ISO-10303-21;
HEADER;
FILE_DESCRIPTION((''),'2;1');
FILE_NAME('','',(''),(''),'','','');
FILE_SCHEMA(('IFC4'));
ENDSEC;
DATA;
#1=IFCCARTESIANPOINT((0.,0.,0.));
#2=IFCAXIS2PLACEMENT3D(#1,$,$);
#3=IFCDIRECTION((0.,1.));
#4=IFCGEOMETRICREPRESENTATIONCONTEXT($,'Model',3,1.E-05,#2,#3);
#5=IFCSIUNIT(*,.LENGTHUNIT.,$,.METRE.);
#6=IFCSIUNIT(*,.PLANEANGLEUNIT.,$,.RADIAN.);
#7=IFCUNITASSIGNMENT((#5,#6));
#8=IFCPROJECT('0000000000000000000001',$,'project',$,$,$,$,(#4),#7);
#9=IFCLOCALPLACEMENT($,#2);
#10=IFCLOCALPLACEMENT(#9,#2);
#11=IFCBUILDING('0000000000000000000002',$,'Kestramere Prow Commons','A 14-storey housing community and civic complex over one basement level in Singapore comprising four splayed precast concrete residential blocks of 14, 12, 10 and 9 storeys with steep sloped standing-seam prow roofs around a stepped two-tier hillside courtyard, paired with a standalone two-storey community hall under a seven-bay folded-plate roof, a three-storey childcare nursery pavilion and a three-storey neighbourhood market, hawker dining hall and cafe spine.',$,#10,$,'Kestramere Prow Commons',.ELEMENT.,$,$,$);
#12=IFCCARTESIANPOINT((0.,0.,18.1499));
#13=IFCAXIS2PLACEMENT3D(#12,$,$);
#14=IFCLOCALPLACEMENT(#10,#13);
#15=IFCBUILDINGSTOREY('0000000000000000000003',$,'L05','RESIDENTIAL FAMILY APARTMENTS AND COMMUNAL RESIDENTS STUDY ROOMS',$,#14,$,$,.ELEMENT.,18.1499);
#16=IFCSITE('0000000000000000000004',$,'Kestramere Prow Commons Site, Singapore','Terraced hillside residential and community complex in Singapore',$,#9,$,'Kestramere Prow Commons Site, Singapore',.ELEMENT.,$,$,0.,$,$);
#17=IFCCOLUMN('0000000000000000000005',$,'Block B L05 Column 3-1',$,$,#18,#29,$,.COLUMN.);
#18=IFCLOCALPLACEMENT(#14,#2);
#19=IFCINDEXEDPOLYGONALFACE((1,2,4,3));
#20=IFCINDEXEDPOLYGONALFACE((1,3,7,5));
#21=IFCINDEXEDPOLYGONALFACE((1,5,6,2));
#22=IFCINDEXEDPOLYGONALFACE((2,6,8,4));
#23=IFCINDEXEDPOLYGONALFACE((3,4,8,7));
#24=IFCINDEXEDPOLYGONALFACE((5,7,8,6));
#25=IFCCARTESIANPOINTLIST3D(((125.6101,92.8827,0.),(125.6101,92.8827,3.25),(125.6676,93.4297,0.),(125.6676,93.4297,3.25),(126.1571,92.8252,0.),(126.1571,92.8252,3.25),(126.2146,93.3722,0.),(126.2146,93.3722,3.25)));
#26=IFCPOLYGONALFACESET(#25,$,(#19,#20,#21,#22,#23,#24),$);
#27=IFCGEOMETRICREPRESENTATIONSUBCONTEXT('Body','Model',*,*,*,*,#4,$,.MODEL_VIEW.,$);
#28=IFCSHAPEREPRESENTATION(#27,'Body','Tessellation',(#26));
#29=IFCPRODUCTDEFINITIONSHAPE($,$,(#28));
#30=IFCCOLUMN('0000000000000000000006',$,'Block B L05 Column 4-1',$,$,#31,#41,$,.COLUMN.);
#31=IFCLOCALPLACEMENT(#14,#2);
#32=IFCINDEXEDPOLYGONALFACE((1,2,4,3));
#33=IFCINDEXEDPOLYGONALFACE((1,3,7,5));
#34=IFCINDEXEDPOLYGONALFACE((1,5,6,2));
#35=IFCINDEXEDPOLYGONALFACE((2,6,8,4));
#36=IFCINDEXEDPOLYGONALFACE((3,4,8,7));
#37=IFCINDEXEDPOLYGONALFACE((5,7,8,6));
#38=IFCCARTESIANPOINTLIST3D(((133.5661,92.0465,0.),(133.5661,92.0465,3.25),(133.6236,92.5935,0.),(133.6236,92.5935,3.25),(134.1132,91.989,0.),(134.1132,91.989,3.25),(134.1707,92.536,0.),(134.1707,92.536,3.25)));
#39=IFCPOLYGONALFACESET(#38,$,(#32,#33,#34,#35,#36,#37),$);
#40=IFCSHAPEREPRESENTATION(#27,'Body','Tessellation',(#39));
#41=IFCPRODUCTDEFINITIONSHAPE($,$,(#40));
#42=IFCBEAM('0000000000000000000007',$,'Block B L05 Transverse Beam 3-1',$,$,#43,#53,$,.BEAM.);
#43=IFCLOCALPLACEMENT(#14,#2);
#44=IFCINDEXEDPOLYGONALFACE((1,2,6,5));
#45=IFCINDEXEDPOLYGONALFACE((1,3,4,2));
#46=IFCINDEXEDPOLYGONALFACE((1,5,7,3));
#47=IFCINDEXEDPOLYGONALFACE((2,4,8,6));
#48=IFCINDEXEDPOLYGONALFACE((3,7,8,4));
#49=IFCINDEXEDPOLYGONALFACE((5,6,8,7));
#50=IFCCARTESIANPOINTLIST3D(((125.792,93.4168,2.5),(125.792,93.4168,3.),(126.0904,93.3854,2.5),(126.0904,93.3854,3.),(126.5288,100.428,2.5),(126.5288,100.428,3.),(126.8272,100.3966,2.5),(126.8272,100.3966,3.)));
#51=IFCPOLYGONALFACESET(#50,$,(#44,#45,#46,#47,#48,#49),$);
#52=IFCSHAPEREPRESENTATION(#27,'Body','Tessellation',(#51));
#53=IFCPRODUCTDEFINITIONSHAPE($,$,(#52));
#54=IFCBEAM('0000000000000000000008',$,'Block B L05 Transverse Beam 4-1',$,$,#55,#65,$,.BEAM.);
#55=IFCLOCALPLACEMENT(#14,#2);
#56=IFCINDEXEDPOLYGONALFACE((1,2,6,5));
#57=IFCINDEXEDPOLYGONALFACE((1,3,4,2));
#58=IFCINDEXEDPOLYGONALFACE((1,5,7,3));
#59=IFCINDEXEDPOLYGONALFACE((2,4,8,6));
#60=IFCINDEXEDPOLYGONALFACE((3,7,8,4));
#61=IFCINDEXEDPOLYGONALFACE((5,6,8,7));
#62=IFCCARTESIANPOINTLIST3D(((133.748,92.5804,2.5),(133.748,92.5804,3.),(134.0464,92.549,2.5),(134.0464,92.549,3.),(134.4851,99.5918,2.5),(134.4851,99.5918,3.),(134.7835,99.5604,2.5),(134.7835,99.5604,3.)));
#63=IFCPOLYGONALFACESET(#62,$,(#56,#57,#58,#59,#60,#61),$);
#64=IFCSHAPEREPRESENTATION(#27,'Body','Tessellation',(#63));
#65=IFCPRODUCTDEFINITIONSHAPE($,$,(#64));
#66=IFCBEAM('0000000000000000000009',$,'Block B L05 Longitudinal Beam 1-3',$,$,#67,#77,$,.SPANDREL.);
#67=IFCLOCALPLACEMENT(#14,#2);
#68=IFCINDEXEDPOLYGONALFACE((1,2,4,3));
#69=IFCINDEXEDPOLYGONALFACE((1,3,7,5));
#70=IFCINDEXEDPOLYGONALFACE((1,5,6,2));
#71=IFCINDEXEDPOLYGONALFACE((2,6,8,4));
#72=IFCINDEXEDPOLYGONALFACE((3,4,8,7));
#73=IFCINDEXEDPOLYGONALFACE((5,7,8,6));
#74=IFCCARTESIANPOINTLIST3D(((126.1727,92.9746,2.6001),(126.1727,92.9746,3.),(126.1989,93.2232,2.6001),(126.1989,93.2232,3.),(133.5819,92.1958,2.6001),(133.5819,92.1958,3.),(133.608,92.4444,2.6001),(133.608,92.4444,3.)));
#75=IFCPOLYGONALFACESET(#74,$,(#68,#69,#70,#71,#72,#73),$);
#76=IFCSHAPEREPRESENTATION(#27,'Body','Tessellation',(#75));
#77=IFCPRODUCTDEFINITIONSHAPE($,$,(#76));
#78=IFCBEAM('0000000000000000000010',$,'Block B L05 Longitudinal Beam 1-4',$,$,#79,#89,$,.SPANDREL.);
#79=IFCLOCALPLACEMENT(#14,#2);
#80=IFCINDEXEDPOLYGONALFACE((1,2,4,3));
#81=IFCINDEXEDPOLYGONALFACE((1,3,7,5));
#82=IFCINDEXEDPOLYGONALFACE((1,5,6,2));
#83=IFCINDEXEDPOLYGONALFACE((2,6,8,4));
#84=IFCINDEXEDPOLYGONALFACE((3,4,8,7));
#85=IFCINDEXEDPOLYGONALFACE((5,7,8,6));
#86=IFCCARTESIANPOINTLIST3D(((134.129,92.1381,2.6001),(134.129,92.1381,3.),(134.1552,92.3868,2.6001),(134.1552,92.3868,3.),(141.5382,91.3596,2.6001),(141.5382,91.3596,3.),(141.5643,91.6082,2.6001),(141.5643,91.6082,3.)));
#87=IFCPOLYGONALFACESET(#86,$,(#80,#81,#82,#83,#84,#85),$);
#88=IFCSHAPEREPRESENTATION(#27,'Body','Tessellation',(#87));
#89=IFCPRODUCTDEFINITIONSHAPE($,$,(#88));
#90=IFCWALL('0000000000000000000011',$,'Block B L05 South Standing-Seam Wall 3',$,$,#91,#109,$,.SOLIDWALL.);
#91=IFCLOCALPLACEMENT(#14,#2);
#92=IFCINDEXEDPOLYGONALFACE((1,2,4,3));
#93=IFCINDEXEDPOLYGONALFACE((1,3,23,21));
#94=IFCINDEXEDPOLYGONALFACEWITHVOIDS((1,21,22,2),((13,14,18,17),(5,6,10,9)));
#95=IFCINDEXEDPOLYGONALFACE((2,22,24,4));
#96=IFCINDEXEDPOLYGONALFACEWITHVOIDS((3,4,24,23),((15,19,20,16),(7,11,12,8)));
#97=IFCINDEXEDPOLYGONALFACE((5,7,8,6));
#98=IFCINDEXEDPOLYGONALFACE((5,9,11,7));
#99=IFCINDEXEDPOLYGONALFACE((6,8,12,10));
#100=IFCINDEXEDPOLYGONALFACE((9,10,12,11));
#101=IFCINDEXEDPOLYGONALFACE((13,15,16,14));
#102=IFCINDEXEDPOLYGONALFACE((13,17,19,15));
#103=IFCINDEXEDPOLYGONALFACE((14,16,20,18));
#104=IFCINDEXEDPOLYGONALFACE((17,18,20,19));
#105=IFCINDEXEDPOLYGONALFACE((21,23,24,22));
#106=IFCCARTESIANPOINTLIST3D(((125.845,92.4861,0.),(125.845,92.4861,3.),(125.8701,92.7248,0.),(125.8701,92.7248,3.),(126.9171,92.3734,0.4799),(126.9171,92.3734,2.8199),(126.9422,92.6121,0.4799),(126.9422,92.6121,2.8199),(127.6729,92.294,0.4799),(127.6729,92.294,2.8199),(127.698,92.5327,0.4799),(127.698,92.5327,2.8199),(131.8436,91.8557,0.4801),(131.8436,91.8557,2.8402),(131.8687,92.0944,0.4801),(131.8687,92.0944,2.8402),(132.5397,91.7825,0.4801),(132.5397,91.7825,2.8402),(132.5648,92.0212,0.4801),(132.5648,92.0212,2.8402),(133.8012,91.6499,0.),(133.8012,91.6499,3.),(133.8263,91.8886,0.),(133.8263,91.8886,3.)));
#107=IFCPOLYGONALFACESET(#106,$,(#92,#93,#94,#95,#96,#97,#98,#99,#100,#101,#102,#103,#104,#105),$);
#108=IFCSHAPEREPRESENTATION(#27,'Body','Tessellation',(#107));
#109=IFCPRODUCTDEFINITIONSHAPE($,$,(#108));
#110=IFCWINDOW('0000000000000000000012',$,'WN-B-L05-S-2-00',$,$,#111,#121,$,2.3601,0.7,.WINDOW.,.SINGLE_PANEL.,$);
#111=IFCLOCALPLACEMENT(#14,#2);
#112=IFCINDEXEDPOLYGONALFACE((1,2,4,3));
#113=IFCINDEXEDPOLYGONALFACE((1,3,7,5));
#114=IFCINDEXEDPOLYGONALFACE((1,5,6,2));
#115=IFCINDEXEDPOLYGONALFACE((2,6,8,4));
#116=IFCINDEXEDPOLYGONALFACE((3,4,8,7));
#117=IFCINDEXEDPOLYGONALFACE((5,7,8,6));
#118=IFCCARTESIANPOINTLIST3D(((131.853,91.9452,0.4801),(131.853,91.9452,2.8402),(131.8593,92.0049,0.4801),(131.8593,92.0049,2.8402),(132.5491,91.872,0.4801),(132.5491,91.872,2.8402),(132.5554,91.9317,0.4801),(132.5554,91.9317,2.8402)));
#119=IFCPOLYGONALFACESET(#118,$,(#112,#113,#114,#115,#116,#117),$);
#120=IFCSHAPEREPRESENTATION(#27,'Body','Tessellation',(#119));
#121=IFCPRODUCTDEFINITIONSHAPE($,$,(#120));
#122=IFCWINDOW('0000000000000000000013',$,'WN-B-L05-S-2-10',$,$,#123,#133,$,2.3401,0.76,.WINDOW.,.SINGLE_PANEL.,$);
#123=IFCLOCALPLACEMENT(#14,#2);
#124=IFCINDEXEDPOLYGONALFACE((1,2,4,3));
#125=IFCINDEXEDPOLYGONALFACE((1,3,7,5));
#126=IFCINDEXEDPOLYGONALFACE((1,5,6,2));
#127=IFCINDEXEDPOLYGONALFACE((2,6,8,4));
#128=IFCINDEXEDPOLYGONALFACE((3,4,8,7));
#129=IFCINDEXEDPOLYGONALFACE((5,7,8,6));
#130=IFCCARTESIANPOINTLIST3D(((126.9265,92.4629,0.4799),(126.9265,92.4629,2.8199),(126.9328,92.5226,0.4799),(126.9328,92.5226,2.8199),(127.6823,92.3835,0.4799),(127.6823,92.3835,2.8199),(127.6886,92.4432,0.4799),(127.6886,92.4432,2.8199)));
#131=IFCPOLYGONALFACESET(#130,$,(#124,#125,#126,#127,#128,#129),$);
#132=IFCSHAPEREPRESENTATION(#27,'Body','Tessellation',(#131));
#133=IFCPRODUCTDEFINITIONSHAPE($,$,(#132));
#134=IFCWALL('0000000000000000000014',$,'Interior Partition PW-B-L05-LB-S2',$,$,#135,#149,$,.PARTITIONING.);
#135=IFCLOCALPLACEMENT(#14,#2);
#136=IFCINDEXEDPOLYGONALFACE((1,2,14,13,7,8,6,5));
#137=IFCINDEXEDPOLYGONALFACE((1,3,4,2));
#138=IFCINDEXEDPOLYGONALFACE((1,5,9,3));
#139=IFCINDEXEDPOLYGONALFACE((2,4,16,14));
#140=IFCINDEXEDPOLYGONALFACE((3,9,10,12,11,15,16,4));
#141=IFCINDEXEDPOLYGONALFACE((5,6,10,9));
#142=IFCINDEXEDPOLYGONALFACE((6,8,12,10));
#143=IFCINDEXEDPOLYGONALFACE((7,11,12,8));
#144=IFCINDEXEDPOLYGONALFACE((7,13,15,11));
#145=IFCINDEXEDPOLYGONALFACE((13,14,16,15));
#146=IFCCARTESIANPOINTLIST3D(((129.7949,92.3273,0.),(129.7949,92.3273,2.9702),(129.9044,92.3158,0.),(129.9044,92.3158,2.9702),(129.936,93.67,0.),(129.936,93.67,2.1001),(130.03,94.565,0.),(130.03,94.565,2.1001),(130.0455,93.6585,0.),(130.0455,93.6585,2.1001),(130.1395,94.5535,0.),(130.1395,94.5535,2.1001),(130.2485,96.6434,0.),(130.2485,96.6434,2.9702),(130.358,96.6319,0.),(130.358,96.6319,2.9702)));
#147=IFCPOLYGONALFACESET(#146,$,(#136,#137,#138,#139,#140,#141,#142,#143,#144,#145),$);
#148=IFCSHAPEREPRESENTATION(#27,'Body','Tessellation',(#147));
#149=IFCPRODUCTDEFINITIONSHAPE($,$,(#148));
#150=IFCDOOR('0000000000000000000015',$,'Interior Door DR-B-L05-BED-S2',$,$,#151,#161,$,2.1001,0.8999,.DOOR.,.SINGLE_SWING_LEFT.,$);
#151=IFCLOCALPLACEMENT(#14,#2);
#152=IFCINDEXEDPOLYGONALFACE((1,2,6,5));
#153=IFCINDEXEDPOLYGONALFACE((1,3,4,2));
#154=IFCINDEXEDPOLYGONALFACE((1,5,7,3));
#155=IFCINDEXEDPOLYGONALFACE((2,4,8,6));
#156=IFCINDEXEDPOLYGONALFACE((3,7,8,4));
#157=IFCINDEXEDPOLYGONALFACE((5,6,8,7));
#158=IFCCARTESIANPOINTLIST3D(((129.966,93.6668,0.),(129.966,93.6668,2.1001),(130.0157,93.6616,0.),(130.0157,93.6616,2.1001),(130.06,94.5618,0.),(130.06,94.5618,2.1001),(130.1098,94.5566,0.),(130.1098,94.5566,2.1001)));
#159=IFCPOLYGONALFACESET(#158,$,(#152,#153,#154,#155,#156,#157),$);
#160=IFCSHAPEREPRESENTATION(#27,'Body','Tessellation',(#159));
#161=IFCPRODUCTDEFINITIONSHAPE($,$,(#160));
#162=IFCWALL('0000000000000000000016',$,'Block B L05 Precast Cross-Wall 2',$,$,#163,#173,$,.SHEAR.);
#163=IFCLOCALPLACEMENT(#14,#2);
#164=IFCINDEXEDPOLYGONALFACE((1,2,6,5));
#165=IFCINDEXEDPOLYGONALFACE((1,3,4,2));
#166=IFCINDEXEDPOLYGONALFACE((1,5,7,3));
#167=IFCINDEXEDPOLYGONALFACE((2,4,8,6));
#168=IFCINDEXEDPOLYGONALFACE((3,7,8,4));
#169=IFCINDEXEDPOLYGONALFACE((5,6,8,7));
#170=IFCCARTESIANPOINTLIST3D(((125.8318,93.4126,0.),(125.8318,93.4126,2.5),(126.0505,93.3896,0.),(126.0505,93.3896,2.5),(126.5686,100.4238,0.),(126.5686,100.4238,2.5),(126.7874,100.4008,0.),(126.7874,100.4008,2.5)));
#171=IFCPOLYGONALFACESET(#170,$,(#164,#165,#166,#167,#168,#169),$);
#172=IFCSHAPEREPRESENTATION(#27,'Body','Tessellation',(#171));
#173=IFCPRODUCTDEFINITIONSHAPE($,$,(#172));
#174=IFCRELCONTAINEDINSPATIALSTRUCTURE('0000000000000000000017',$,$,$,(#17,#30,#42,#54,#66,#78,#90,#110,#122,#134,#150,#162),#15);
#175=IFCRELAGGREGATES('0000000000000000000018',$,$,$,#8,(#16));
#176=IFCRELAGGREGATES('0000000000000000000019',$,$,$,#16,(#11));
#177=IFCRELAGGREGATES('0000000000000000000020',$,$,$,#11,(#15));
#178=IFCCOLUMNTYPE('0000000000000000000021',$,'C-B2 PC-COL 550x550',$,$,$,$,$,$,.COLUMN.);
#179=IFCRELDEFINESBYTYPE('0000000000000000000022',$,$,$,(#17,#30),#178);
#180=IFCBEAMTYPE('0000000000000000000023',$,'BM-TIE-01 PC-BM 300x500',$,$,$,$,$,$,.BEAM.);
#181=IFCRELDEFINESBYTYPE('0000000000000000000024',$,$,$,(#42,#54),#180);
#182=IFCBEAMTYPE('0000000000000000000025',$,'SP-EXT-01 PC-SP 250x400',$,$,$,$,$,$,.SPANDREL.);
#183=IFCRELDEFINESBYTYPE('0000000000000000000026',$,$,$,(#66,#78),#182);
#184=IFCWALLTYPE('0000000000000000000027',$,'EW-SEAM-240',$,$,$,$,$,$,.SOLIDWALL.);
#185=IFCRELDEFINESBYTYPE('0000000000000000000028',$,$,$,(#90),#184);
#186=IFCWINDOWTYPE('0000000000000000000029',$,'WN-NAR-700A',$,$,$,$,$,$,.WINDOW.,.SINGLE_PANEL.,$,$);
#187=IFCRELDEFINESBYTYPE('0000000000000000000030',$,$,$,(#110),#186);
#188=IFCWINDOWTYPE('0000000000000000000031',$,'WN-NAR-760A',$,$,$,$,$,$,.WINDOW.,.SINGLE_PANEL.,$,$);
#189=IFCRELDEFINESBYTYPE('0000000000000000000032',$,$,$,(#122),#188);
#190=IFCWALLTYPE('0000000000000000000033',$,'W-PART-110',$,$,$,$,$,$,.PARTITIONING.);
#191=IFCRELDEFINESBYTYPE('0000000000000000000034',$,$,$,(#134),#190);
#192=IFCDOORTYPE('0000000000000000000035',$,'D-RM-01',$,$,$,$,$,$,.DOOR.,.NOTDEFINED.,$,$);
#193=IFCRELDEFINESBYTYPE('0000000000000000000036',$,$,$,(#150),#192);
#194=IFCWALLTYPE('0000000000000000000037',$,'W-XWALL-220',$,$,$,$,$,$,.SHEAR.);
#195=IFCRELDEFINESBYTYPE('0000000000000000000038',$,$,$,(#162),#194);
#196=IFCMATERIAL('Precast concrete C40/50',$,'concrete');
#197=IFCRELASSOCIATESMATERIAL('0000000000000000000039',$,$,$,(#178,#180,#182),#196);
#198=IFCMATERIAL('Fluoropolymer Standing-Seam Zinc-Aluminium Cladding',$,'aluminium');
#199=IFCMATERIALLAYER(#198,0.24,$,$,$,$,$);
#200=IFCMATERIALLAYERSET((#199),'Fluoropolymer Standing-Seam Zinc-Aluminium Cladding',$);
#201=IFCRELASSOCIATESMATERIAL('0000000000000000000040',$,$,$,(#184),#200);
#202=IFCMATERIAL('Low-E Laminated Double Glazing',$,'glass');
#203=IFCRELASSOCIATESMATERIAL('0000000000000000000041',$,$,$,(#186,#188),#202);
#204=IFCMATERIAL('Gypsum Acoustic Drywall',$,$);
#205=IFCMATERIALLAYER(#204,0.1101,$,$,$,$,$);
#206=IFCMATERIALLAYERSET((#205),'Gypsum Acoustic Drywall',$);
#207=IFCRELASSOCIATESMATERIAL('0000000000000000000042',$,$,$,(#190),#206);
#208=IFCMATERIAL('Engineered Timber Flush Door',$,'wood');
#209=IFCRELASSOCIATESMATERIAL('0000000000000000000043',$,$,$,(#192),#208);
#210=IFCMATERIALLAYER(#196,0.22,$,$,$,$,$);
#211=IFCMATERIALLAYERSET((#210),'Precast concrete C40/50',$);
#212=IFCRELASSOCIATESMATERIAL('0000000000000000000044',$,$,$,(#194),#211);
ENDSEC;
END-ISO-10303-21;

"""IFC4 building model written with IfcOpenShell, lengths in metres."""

from ifc_helpers import new_model, si_unit, direction, frame, frame_2d, origin, origin_2d, place, context, subcontext, project, spatial, rectangle, extrude, material, layer, layer_set, material_profile, profile_set, type_object, element, fill, save


model = new_model("IFC4")

# Units and contexts
model_context = context("Model", 3, precision=1e-05, world=origin(), true_north=direction((0.0, 1.0)))
body_context = subcontext(model_context, "Body", "Model", "MODEL_VIEW")
ifc_project = project(units=[si_unit("LENGTHUNIT", "METRE"), si_unit("PLANEANGLEUNIT", "RADIAN")], contexts=[model_context])

# Site, building, storey
site_placement = place(None, origin())
site = spatial("IfcSite", under=ifc_project, at=site_placement, Name="Kestramere Prow Commons Site, Singapore", Description="Terraced hillside residential and community complex in Singapore", LongName="Kestramere Prow Commons Site, Singapore", CompositionType="ELEMENT", RefElevation=0.0)
building_placement = place(site_placement, origin())
building = spatial("IfcBuilding", under=site, at=building_placement, Name="Kestramere Prow Commons", Description="A 14-storey housing community and civic complex over one basement level in Singapore comprising four splayed precast concrete residential blocks of 14, 12, 10 and 9 storeys with steep sloped standing-seam prow roofs around a stepped two-tier hillside courtyard, paired with a standalone two-storey community hall under a seven-bay folded-plate roof, a three-storey childcare nursery pavilion and a three-storey neighbourhood market, hawker dining hall and cafe spine.", LongName="Kestramere Prow Commons", CompositionType="ELEMENT")
storey_placement = place(building_placement, frame((0.0, 0.0, 18.1499)))
storey = spatial("IfcBuildingStorey", under=building, at=storey_placement, Name="L05", Description="RESIDENTIAL FAMILY APARTMENTS AND COMMUNAL RESIDENTS STUDY ROOMS", CompositionType="ELEMENT", Elevation=18.1499)

# Columns
ifc_material_1 = material(Name="Precast concrete C40/50", Category="concrete")
ifc_material_profile_1 = material_profile(ifc_material_1, rectangle(XDim=0.55, YDim=0.55, at=origin_2d()), Name="PC-COL 550x550")
ifc_profile_set_1 = profile_set([ifc_material_profile_1], Name="Precast concrete C40/50")
column_type = type_object("IfcColumnType", Name="C-B2 PC-COL 550x550", PredefinedType="COLUMN", material=ifc_profile_set_1)
for number, where, z_axis, x_axis, name in (
    (1, (125.9124, 93.1274, 0.0), (0.0, 0.0, 1.0), (0.994522, -0.104528, 0.0), "Block B L05 Column 3-1"),
    (2, (133.8684, 92.2913, 0.0), (0.0, 0.0, 1.0), (0.994522, -0.104528, 0.0), "Block B L05 Column 4-1"),
):
    element("IfcColumn", number, at=place(storey_placement, frame(where, z_axis=z_axis, x_axis=x_axis)), inside=storey, type_object=column_type, Name=name, PredefinedType="COLUMN", context=body_context, shape_type="SweptSolid", body=[
        extrude(rectangle(XDim=0.55, YDim=0.55, at=origin_2d()), origin(), (0.0, 0.0, 1.0), 3.25),
    ])

# Beams
ifc_material_profile_2 = material_profile(ifc_material_1, rectangle(XDim=0.3, YDim=0.5, at=origin_2d()), Name="PC-BM 300x500")
ifc_profile_set_2 = profile_set([ifc_material_profile_2], Name="Precast concrete C40/50")
beam_type_1 = type_object("IfcBeamType", Name="BM-TIE-01 PC-BM 300x500", PredefinedType="BEAM", material=ifc_profile_set_2)
beam_1_placement = place(storey_placement, frame((125.9412, 93.4011, 2.75), z_axis=(0.104515, 0.994523, 0.0), x_axis=(-0.994523, 0.104515, 0.0)))
element("IfcBeam", 3, at=beam_1_placement, inside=storey, type_object=beam_type_1, Name="Block B L05 Transverse Beam 3-1", PredefinedType="BEAM", context=body_context, shape_type="SweptSolid", body=[
    extrude(rectangle(XDim=0.3, YDim=0.5, at=origin_2d()), origin(), (0.0, 0.0, 1.0), 7.0498),
])
beam_2_placement = place(storey_placement, frame((133.8972, 92.5647, 2.75), z_axis=(0.104546, 0.99452, 0.0), x_axis=(-0.99452, 0.104546, 0.0)))
element("IfcBeam", 4, at=beam_2_placement, inside=storey, type_object=beam_type_1, Name="Block B L05 Transverse Beam 4-1", PredefinedType="BEAM", context=body_context, shape_type="SweptSolid", body=[
    extrude(rectangle(XDim=0.3, YDim=0.5, at=origin_2d()), origin(), (0.0, 0.0, 1.0), 7.05),
])
ifc_material_profile_3 = material_profile(ifc_material_1, rectangle(XDim=0.25, YDim=0.3999, at=origin_2d()), Name="PC-SP 250x400")
ifc_profile_set_3 = profile_set([ifc_material_profile_3], Name="Precast concrete C40/50")
beam_type_2 = type_object("IfcBeamType", Name="SP-EXT-01 PC-SP 250x400", PredefinedType="SPANDREL", material=ifc_profile_set_3)
for number, where, z_axis, x_axis, name in (
    (5, (126.1858, 93.0989, 2.8), (0.994521, -0.104538, 0.0), (0.104538, 0.994521, 0.0), "Block B L05 Longitudinal Beam 1-3"),
    (6, (134.1421, 92.2625, 2.8), (0.994524, -0.104506, 0.0), (0.104506, 0.994524, 0.0), "Block B L05 Longitudinal Beam 1-4"),
):
    element("IfcBeam", number, at=place(storey_placement, frame(where, z_axis=z_axis, x_axis=x_axis)), inside=storey, type_object=beam_type_2, Name=name, PredefinedType="SPANDREL", context=body_context, shape_type="SweptSolid", body=[
        extrude(rectangle(XDim=0.25, YDim=0.3999, at=origin_2d()), origin(), (0.0, 0.0, 1.0), 7.45),
    ])

# Shared definitions
ifc_material_2 = material(Name="Fluoropolymer Standing-Seam Zinc-Aluminium Cladding", Category="aluminium")
ifc_layer_1 = layer(ifc_material_2, 0.24)
ifc_layer_set_1 = layer_set([ifc_layer_1], Name="Fluoropolymer Standing-Seam Zinc-Aluminium Cladding")
wall_type_1 = type_object("IfcWallType", Name="EW-SEAM-240", PredefinedType="SOLIDWALL", material=ifc_layer_set_1)
ifc_material_3 = material(Name="Low-E Laminated Double Glazing", Category="glass")

# Wall, openings, windows
wall_1_placement = place(storey_placement, frame((133.8137, 91.7693, 0.0), z_axis=(0.0, 0.0, 1.0), x_axis=(-0.994523, 0.104521, 0.0)))
wall_1 = element("IfcWall", 7, at=wall_1_placement, inside=storey, type_object=wall_type_1, Name="Block B L05 South Standing-Seam Wall 3", PredefinedType="SOLIDWALL", context=body_context, shape_type="SweptSolid", body=[
    extrude(rectangle(XDim=8.0, YDim=0.24, at=frame_2d((4.0, 0.0))), origin(), (0.0, 0.0, 1.0), 3.0),
])
opening_1_placement = place(wall_1_placement, frame((1.2683, 0.0, 0.48)))
opening_1 = element("IfcOpeningElement", 8, at=opening_1_placement, cuts=wall_1, PredefinedType="OPENING", context=body_context, shape_type="SweptSolid", body=[
    extrude(rectangle(XDim=0.7, YDim=2.3601, at=frame_2d((0.3501, 1.1802))), frame((0.0, 0.135, 0.0), z_axis=(0.0, -1.0, 0.0), x_axis=(1.0, 0.0, 0.0)), (0.0, 0.0, 1.0), 0.27),
])
opening_2_placement = place(wall_1_placement, frame((6.1621, 0.0, 0.48)))
opening_2 = element("IfcOpeningElement", 9, at=opening_2_placement, cuts=wall_1, PredefinedType="OPENING", context=body_context, shape_type="SweptSolid", body=[
    extrude(rectangle(XDim=0.76, YDim=2.3401, at=frame_2d((0.3799, 1.1699))), frame((0.0, 0.135, 0.0), z_axis=(0.0, -1.0, 0.0), x_axis=(1.0, 0.0, 0.0)), (0.0, 0.0, 1.0), 0.27),
])
window_type_1 = type_object("IfcWindowType", Name="WN-NAR-700A", PartitioningType="SINGLE_PANEL", PredefinedType="WINDOW", material=ifc_material_3)
window_1_placement = place(opening_1_placement, origin())
window_1 = element("IfcWindow", 10, at=window_1_placement, inside=storey, type_object=window_type_1, Name="WN-B-L05-S-2-00", OverallHeight=2.3601, OverallWidth=0.7, PartitioningType="SINGLE_PANEL", PredefinedType="WINDOW", context=body_context, shape_type="SweptSolid", body=[
    extrude(rectangle(XDim=0.7, YDim=2.3601, at=frame_2d((0.3501, 1.1802))), frame((0.0, 0.03, 0.0), z_axis=(0.0, -1.0, 0.0), x_axis=(1.0, 0.0, 0.0)), (0.0, 0.0, 1.0), 0.0601),
])
fill(opening_1, window_1)
window_type_2 = type_object("IfcWindowType", Name="WN-NAR-760A", PartitioningType="SINGLE_PANEL", PredefinedType="WINDOW", material=ifc_material_3)
window_2_placement = place(opening_2_placement, origin())
window_2 = element("IfcWindow", 11, at=window_2_placement, inside=storey, type_object=window_type_2, Name="WN-B-L05-S-2-10", OverallHeight=2.3401, OverallWidth=0.76, PartitioningType="SINGLE_PANEL", PredefinedType="WINDOW", context=body_context, shape_type="SweptSolid", body=[
    extrude(rectangle(XDim=0.76, YDim=2.3401, at=frame_2d((0.3799, 1.1699))), frame((0.0, 0.03, 0.0), z_axis=(0.0, -1.0, 0.0), x_axis=(1.0, 0.0, 0.0)), (0.0, 0.0, 1.0), 0.0601),
])
fill(opening_2, window_2)

# Wall, opening, door
ifc_material_4 = material(Name="Gypsum Acoustic Drywall")
ifc_layer_2 = layer(ifc_material_4, 0.1101)
ifc_layer_set_2 = layer_set([ifc_layer_2], Name="Gypsum Acoustic Drywall")
wall_type_2 = type_object("IfcWallType", Name="W-PART-110", PredefinedType="PARTITIONING", material=ifc_layer_set_2)
wall_2_placement = place(storey_placement, frame((129.8496, 92.3215, 0.0), z_axis=(0.0, 0.0, 1.0), x_axis=(0.104521, 0.994523, 0.0)))
wall_2 = element("IfcWall", 12, at=wall_2_placement, inside=storey, type_object=wall_type_2, Name="Interior Partition PW-B-L05-LB-S2", PredefinedType="PARTITIONING", context=body_context, shape_type="SweptSolid", body=[
    extrude(rectangle(XDim=4.3398, YDim=0.1101, at=frame_2d((2.1699, 0.0))), origin(), (0.0, 0.0, 1.0), 2.9702),
])
opening_3_placement = place(wall_2_placement, frame((1.3501, 0.0, 0.0)))
opening_3 = element("IfcOpeningElement", 13, at=opening_3_placement, cuts=wall_2, PredefinedType="OPENING", context=body_context, shape_type="SweptSolid", body=[
    extrude(rectangle(XDim=0.8999, YDim=2.1001, at=frame_2d((0.45, 1.05))), frame((0.0, 0.0701, 0.0), z_axis=(0.0, -1.0, 0.0), x_axis=(1.0, 0.0, 0.0)), (0.0, 0.0, 1.0), 0.1401),
])
ifc_material_5 = material(Name="Engineered Timber Flush Door", Category="wood")
door_type_1 = type_object("IfcDoorType", Name="D-RM-01", OperationType="NOTDEFINED", PredefinedType="DOOR", material=ifc_material_5)
door_1_placement = place(opening_3_placement, origin())
door_1 = element("IfcDoor", 14, at=door_1_placement, inside=storey, type_object=door_type_1, Name="Interior Door DR-B-L05-BED-S2", OperationType="SINGLE_SWING_LEFT", OverallHeight=2.1001, OverallWidth=0.8999, PredefinedType="DOOR", context=body_context, shape_type="SweptSolid", body=[
    extrude(rectangle(XDim=0.8999, YDim=2.1001, at=frame_2d((0.45, 1.05))), frame((0.0, 0.0249, 0.0), z_axis=(0.0, -1.0, 0.0), x_axis=(1.0, 0.0, 0.0)), (0.0, 0.0, 1.0), 0.05),
])
fill(opening_3, door_1)

# Wall
ifc_layer_3 = layer(ifc_material_1, 0.22)
ifc_layer_set_3 = layer_set([ifc_layer_3], Name="Precast concrete C40/50")
wall_type_3 = type_object("IfcWallType", Name="W-XWALL-220", PredefinedType="SHEAR", material=ifc_layer_set_3)
wall_3_placement = place(storey_placement, frame((125.9412, 93.4011, 0.0), z_axis=(0.0, 0.0, 1.0), x_axis=(0.104515, 0.994523, 0.0)))
element("IfcWall", 15, at=wall_3_placement, inside=storey, type_object=wall_type_3, Name="Block B L05 Precast Cross-Wall 2", PredefinedType="SHEAR", context=body_context, shape_type="SweptSolid", body=[
    extrude(rectangle(XDim=7.0498, YDim=0.22, at=frame_2d((3.5249, 0.0))), origin(), (0.0, 0.0, 1.0), 2.5),
])

save(model, "model.ifc")
